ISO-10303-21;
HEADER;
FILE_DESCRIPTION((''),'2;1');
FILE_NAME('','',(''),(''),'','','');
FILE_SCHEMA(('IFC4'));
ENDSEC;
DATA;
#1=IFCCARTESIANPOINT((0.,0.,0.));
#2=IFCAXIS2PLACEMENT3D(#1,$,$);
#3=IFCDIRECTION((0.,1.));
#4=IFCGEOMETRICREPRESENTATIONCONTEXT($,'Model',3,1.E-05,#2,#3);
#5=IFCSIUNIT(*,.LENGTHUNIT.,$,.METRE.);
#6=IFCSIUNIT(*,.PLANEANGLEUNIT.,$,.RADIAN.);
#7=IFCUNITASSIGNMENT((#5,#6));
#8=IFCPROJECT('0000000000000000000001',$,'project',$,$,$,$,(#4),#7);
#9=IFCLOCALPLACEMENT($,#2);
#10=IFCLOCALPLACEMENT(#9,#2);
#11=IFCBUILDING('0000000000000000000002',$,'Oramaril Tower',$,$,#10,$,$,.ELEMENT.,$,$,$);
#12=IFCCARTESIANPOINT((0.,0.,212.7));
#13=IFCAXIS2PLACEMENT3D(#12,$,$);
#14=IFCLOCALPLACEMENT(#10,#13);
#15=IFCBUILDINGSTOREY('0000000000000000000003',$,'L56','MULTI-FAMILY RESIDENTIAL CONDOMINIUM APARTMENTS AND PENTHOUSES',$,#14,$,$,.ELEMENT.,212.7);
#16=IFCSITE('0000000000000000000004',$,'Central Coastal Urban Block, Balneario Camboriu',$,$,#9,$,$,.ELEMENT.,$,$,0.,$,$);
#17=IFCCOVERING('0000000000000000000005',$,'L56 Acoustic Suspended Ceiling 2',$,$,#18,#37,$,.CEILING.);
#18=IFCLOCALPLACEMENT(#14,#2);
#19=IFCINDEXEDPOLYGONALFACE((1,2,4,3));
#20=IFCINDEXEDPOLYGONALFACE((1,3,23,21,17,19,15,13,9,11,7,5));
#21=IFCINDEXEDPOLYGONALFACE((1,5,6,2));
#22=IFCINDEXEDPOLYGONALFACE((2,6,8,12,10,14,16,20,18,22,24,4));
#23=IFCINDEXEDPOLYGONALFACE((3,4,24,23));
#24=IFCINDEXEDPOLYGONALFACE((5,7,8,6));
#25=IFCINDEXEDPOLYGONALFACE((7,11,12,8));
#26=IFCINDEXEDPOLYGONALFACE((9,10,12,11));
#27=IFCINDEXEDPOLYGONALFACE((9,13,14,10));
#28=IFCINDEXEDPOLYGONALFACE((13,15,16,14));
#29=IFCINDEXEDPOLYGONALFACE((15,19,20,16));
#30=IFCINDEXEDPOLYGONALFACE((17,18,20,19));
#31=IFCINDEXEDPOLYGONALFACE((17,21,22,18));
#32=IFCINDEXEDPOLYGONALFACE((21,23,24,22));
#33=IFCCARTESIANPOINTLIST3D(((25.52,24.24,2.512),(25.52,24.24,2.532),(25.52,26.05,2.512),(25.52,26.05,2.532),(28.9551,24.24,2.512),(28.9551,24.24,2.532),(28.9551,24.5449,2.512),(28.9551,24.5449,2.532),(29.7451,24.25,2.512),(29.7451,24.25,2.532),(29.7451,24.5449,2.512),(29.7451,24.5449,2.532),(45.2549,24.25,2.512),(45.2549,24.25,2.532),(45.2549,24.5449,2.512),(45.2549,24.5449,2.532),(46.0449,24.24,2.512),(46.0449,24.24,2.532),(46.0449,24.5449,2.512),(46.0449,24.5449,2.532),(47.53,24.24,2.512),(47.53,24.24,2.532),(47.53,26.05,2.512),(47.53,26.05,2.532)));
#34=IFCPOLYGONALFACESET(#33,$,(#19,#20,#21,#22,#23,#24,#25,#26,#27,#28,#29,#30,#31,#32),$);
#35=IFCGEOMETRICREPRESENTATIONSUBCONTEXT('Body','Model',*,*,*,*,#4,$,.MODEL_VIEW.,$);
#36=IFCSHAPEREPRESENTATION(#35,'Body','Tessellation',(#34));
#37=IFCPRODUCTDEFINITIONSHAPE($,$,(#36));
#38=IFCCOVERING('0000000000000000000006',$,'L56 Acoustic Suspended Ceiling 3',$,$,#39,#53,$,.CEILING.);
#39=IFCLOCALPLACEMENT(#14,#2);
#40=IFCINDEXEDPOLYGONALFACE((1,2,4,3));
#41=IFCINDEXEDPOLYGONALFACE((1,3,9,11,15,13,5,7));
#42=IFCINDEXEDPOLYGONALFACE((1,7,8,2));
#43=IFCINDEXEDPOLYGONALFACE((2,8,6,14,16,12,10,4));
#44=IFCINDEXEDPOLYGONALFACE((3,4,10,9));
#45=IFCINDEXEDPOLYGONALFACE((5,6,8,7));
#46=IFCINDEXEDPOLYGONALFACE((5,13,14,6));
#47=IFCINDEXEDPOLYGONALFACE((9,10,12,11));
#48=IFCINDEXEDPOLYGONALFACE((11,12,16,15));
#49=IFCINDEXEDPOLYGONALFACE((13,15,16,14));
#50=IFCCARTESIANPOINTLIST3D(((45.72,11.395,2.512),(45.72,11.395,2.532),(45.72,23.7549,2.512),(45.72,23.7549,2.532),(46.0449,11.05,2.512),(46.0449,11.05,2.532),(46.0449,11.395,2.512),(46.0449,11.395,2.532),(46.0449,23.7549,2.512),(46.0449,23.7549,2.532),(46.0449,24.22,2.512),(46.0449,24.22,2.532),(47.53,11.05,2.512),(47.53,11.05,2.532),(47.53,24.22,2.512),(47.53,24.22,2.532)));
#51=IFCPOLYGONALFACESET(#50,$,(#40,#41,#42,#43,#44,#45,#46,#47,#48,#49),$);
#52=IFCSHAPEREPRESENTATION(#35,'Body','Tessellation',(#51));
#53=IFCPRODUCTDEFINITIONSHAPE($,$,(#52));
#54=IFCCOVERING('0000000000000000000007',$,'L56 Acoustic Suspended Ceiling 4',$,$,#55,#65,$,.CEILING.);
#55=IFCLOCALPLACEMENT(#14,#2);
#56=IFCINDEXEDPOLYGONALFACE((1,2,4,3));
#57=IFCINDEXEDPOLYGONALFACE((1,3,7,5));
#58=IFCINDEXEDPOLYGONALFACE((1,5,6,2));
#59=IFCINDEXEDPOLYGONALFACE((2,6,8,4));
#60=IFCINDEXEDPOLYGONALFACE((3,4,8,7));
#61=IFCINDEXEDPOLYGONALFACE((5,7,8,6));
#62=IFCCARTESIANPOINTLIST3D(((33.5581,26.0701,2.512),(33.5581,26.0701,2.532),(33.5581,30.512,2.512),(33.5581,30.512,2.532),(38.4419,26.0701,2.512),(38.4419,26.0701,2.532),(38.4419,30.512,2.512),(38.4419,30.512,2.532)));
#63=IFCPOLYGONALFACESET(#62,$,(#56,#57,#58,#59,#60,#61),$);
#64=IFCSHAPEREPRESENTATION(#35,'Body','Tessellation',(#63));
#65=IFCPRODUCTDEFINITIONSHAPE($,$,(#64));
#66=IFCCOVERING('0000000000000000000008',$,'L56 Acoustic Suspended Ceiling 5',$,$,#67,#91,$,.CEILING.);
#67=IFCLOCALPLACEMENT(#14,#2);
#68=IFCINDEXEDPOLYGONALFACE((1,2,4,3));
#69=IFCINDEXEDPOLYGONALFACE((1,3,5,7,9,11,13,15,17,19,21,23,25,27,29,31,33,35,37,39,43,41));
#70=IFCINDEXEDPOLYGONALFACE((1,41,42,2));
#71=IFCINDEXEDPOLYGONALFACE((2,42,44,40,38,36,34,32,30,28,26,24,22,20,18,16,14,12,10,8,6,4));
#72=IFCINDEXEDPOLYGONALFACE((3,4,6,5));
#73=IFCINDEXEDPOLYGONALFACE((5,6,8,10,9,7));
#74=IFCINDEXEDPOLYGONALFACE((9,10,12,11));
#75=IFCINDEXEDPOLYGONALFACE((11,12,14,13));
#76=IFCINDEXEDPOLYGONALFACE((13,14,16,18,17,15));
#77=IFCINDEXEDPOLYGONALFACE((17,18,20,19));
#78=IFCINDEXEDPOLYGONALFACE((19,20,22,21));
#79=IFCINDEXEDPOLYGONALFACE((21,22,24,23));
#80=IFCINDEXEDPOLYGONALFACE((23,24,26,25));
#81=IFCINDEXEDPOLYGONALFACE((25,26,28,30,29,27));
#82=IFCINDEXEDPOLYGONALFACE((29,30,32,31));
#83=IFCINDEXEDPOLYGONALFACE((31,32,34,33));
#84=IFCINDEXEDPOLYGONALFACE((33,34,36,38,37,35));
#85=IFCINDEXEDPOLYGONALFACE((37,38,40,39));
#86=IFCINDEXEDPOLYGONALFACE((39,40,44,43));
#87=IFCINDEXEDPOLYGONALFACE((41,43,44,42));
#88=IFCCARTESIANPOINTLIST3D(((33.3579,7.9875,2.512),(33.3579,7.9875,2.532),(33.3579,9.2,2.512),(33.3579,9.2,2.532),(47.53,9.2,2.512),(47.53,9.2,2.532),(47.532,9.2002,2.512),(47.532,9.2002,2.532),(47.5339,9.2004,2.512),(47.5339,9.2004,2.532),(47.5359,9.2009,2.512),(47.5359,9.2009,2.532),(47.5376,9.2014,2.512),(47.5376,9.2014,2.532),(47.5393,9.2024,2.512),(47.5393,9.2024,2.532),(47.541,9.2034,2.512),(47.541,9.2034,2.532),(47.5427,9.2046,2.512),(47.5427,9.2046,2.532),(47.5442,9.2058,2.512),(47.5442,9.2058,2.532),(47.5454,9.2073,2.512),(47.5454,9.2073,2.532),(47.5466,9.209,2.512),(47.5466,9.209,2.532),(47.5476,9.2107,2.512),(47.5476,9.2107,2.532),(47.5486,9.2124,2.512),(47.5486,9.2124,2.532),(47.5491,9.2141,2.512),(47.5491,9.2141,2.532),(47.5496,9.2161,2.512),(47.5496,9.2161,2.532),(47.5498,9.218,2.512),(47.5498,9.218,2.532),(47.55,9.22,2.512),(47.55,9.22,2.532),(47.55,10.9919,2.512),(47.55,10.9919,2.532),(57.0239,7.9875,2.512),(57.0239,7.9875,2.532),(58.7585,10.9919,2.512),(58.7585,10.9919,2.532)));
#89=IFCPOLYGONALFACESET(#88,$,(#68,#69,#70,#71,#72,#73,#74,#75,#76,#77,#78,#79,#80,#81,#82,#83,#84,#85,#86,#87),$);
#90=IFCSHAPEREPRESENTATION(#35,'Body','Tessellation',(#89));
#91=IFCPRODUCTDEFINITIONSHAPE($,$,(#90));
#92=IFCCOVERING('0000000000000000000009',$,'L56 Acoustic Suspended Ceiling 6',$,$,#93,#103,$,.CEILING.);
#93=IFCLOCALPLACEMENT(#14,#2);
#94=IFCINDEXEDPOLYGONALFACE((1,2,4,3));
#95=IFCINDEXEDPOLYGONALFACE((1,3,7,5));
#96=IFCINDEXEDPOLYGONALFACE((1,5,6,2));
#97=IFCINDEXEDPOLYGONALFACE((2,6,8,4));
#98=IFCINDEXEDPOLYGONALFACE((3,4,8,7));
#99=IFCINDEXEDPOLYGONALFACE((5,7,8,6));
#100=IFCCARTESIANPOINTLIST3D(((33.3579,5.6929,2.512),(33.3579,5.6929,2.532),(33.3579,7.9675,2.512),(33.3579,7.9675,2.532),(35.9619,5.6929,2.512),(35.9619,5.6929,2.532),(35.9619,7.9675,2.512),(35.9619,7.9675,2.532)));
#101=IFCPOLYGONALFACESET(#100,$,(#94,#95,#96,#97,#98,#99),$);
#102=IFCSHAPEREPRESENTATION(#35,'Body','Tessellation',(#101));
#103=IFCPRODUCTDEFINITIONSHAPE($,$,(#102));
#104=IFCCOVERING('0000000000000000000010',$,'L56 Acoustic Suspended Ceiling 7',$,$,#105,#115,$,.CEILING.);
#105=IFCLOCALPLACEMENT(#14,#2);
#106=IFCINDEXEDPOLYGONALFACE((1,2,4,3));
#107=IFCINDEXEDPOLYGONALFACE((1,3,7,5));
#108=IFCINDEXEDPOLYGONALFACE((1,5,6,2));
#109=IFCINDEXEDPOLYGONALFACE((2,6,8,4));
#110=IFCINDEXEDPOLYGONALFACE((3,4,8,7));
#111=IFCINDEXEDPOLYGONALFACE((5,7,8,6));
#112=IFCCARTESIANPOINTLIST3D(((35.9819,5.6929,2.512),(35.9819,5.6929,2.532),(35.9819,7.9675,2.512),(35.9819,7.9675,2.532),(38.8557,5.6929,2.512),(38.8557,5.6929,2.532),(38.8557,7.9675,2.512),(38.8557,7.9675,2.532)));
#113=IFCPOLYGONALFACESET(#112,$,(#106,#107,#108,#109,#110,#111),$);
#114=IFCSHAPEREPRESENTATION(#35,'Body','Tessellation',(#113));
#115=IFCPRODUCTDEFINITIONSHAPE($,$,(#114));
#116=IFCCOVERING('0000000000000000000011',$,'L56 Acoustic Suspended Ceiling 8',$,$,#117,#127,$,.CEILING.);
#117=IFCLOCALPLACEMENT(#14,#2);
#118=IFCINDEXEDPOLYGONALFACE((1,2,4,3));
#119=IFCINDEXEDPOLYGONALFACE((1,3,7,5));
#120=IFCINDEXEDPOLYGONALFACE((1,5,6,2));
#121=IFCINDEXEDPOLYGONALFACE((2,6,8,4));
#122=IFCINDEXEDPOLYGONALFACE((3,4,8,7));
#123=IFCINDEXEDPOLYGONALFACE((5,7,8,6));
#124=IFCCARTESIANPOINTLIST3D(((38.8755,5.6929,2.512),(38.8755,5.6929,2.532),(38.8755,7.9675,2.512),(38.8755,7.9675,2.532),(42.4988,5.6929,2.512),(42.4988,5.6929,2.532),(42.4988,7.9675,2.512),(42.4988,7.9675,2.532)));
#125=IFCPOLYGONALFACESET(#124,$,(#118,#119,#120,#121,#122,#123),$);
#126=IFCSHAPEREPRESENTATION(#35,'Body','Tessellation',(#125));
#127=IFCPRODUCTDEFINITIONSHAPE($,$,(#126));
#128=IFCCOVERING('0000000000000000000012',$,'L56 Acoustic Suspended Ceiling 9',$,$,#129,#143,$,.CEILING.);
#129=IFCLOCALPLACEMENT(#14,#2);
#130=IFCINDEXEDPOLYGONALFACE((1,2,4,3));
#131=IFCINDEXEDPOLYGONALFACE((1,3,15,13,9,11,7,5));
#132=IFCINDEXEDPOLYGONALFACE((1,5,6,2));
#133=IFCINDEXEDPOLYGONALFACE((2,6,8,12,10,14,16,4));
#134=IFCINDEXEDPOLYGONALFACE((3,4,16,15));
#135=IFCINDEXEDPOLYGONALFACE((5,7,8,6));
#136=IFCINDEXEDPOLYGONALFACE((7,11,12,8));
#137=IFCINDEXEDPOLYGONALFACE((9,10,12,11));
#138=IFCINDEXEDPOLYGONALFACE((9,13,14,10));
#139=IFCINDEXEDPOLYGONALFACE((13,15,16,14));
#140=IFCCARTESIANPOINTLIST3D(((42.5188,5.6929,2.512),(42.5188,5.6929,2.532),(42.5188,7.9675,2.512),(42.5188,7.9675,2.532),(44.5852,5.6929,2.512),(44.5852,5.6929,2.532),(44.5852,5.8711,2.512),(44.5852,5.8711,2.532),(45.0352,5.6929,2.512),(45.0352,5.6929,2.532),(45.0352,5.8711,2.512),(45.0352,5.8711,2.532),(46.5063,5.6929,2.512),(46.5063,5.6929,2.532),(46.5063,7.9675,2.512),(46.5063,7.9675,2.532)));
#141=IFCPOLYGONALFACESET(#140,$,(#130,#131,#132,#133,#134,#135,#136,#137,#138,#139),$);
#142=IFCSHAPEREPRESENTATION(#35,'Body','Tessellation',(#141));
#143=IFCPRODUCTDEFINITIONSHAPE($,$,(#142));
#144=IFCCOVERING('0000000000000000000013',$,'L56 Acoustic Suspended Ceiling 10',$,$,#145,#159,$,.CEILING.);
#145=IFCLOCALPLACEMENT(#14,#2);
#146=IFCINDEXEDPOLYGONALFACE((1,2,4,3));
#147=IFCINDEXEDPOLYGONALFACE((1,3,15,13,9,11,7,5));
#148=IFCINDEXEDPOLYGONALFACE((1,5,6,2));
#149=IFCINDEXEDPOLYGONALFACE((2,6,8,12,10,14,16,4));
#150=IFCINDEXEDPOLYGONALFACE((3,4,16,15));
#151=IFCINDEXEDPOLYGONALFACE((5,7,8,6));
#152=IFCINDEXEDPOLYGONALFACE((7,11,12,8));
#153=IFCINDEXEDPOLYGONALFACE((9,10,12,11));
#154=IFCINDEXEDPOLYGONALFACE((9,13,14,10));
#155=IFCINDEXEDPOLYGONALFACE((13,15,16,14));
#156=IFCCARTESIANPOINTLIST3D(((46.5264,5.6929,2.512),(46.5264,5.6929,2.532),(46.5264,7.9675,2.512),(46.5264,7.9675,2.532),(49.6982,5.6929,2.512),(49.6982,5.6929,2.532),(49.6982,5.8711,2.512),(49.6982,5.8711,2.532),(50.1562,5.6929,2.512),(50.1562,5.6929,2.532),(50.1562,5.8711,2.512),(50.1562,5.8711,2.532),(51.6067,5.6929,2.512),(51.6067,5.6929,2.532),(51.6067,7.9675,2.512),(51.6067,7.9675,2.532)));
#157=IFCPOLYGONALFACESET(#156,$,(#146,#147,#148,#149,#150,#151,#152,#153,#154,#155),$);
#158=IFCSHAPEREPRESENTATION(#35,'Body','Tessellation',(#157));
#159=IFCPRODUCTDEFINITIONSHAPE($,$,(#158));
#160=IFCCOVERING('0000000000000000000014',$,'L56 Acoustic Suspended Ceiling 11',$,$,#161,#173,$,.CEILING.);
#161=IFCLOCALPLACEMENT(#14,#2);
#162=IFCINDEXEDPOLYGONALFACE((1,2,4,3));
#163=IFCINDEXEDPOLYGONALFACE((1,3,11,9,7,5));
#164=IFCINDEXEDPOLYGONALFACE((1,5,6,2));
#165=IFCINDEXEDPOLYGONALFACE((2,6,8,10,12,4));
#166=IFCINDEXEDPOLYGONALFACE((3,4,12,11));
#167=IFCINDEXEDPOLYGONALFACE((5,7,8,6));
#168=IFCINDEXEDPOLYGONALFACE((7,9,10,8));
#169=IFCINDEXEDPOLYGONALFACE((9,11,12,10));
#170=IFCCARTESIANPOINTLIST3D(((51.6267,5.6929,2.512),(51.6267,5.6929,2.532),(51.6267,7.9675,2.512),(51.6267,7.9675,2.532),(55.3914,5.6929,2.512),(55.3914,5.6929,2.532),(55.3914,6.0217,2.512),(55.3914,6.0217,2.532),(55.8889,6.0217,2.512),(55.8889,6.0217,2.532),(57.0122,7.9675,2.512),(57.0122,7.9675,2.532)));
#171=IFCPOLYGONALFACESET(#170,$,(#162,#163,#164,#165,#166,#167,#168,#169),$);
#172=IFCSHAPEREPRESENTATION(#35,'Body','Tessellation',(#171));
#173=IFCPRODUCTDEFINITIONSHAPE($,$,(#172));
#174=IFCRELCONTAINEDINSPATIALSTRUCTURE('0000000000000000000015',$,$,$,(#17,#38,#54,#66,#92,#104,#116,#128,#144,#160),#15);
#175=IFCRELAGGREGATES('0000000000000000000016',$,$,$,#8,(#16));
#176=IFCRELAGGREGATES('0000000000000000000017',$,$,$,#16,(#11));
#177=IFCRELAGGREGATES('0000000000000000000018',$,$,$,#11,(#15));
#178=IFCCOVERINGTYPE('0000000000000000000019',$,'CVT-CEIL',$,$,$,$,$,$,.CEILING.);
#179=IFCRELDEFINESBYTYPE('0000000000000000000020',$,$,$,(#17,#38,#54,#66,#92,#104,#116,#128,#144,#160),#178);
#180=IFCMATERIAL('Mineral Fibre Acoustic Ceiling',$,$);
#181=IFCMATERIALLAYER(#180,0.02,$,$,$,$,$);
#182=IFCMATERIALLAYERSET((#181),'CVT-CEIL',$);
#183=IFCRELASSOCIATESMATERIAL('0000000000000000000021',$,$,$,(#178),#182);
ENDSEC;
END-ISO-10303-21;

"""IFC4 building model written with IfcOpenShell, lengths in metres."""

from ifc_helpers import new_model, si_unit, direction, frame, origin, place, context, subcontext, project, spatial, polyline, outline, extrude, material, layer, layer_set, type_object, element, save


model = new_model("IFC4")

# Units and contexts
model_context = context("Model", 3, precision=1e-05, world=origin(), true_north=direction((0.0, 1.0)))
body_context = subcontext(model_context, "Body", "Model", "MODEL_VIEW")
ifc_project = project(units=[si_unit("LENGTHUNIT", "METRE"), si_unit("PLANEANGLEUNIT", "RADIAN")], contexts=[model_context])

# Site, building, storey
site_placement = place(None, origin())
site = spatial("IfcSite", under=ifc_project, at=site_placement, Name="Central Coastal Urban Block, Balneario Camboriu", CompositionType="ELEMENT", RefElevation=0.0)
building_placement = place(site_placement, origin())
building = spatial("IfcBuilding", under=site, at=building_placement, Name="Oramaril Tower", CompositionType="ELEMENT")
storey_placement = place(building_placement, frame((0.0, 0.0, 212.7)))
storey = spatial("IfcBuildingStorey", under=building, at=storey_placement, Name="L56", Description="MULTI-FAMILY RESIDENTIAL CONDOMINIUM APARTMENTS AND PENTHOUSES", CompositionType="ELEMENT", Elevation=212.7)

# Coverings
ifc_material_1 = material(Name="Mineral Fibre Acoustic Ceiling")
ifc_layer_1 = layer(ifc_material_1, 0.02)
ifc_layer_set_1 = layer_set([ifc_layer_1], Name="CVT-CEIL")
covering_type_1 = type_object("IfcCoveringType", Name="CVT-CEIL", PredefinedType="CEILING", material=ifc_layer_set_1)
covering_1_placement = place(storey_placement, frame((0.0, 0.0, 2.512)))
element("IfcCovering", 1, at=covering_1_placement, inside=storey, type_object=covering_type_1, Name="L56 Acoustic Suspended Ceiling 2", PredefinedType="CEILING", context=body_context, shape_type="SweptSolid", body=[
    extrude(outline(polyline([(47.53, 24.24), (46.0449, 24.24), (46.0449, 24.5449), (45.2549, 24.5449), (45.2549, 24.25), (29.7451, 24.25), (29.7451, 24.5449), (28.9551, 24.5449), (28.9551, 24.24), (25.52, 24.24), (25.52, 26.05), (47.53, 26.05), (47.53, 24.24)])), origin(), (0.0, 0.0, 1.0), 0.02),
])
covering_2_placement = place(storey_placement, frame((0.0, 0.0, 2.512)))
element("IfcCovering", 2, at=covering_2_placement, inside=storey, type_object=covering_type_1, Name="L56 Acoustic Suspended Ceiling 3", PredefinedType="CEILING", context=body_context, shape_type="SweptSolid", body=[
    extrude(outline(polyline([(47.53, 11.05), (46.0449, 11.05), (46.0449, 11.395), (45.72, 11.395), (45.72, 23.7549), (46.0449, 23.7549), (46.0449, 24.22), (47.53, 24.22), (47.53, 11.05)])), origin(), (0.0, 0.0, 1.0), 0.02),
])
covering_3_placement = place(storey_placement, frame((0.0, 0.0, 2.512)))
element("IfcCovering", 3, at=covering_3_placement, inside=storey, type_object=covering_type_1, Name="L56 Acoustic Suspended Ceiling 4", PredefinedType="CEILING", context=body_context, shape_type="SweptSolid", body=[
    extrude(outline(polyline([(38.4419, 30.512), (38.4419, 26.0701), (33.5581, 26.0701), (33.5581, 30.512), (38.4419, 30.512)])), origin(), (0.0, 0.0, 1.0), 0.02),
])
covering_4_placement = place(storey_placement, frame((0.0, 0.0, 2.512)))
element("IfcCovering", 4, at=covering_4_placement, inside=storey, type_object=covering_type_1, Name="L56 Acoustic Suspended Ceiling 5", PredefinedType="CEILING", context=body_context, shape_type="SweptSolid", body=[
    extrude(outline(polyline([(58.7585, 10.9919), (57.0239, 7.9875), (33.3579, 7.9875), (33.3579, 9.2), (47.53, 9.2), (47.532, 9.2002), (47.5339, 9.2004), (47.5359, 9.2009), (47.5376, 9.2014), (47.5393, 9.2024), (47.541, 9.2034), (47.5427, 9.2046), (47.5442, 9.2058), (47.5454, 9.2073), (47.5466, 9.209), (47.5476, 9.2107), (47.5486, 9.2124), (47.5491, 9.2141), (47.5496, 9.2161), (47.5498, 9.218), (47.55, 9.22), (47.55, 10.9919), (58.7585, 10.9919)])), origin(), (0.0, 0.0, 1.0), 0.02),
])
covering_5_placement = place(storey_placement, frame((0.0, 0.0, 2.512)))
element("IfcCovering", 5, at=covering_5_placement, inside=storey, type_object=covering_type_1, Name="L56 Acoustic Suspended Ceiling 6", PredefinedType="CEILING", context=body_context, shape_type="SweptSolid", body=[
    extrude(outline(polyline([(35.9619, 5.6929), (33.3579, 5.6929), (33.3579, 7.9675), (35.9619, 7.9675), (35.9619, 5.6929)])), origin(), (0.0, 0.0, 1.0), 0.02),
])
covering_6_placement = place(storey_placement, frame((0.0, 0.0, 2.512)))
element("IfcCovering", 6, at=covering_6_placement, inside=storey, type_object=covering_type_1, Name="L56 Acoustic Suspended Ceiling 7", PredefinedType="CEILING", context=body_context, shape_type="SweptSolid", body=[
    extrude(outline(polyline([(35.9819, 5.6929), (35.9819, 7.9675), (38.8557, 7.9675), (38.8557, 5.6929), (35.9819, 5.6929)])), origin(), (0.0, 0.0, 1.0), 0.02),
])
covering_7_placement = place(storey_placement, frame((0.0, 0.0, 2.512)))
element("IfcCovering", 7, at=covering_7_placement, inside=storey, type_object=covering_type_1, Name="L56 Acoustic Suspended Ceiling 8", PredefinedType="CEILING", context=body_context, shape_type="SweptSolid", body=[
    extrude(outline(polyline([(38.8755, 5.6929), (38.8755, 7.9675), (42.4988, 7.9675), (42.4988, 5.6929), (38.8755, 5.6929)])), origin(), (0.0, 0.0, 1.0), 0.02),
])
covering_8_placement = place(storey_placement, frame((0.0, 0.0, 2.512)))
element("IfcCovering", 8, at=covering_8_placement, inside=storey, type_object=covering_type_1, Name="L56 Acoustic Suspended Ceiling 9", PredefinedType="CEILING", context=body_context, shape_type="SweptSolid", body=[
    extrude(outline(polyline([(45.0352, 5.6929), (45.0352, 5.8711), (44.5852, 5.8711), (44.5852, 5.6929), (42.5188, 5.6929), (42.5188, 7.9675), (46.5063, 7.9675), (46.5063, 5.6929), (45.0352, 5.6929)])), origin(), (0.0, 0.0, 1.0), 0.02),
])
covering_9_placement = place(storey_placement, frame((0.0, 0.0, 2.512)))
element("IfcCovering", 9, at=covering_9_placement, inside=storey, type_object=covering_type_1, Name="L56 Acoustic Suspended Ceiling 10", PredefinedType="CEILING", context=body_context, shape_type="SweptSolid", body=[
    extrude(outline(polyline([(50.1562, 5.6929), (50.1562, 5.8711), (49.6982, 5.8711), (49.6982, 5.6929), (46.5264, 5.6929), (46.5264, 7.9675), (51.6067, 7.9675), (51.6067, 5.6929), (50.1562, 5.6929)])), origin(), (0.0, 0.0, 1.0), 0.02),
])
covering_10_placement = place(storey_placement, frame((0.0, 0.0, 2.512)))
element("IfcCovering", 10, at=covering_10_placement, inside=storey, type_object=covering_type_1, Name="L56 Acoustic Suspended Ceiling 11", PredefinedType="CEILING", context=body_context, shape_type="SweptSolid", body=[
    extrude(outline(polyline([(55.3914, 6.0217), (55.3914, 5.6929), (51.6267, 5.6929), (51.6267, 7.9675), (57.0122, 7.9675), (55.8889, 6.0217), (55.3914, 6.0217)])), origin(), (0.0, 0.0, 1.0), 0.02),
])

save(model, "model.ifc")
